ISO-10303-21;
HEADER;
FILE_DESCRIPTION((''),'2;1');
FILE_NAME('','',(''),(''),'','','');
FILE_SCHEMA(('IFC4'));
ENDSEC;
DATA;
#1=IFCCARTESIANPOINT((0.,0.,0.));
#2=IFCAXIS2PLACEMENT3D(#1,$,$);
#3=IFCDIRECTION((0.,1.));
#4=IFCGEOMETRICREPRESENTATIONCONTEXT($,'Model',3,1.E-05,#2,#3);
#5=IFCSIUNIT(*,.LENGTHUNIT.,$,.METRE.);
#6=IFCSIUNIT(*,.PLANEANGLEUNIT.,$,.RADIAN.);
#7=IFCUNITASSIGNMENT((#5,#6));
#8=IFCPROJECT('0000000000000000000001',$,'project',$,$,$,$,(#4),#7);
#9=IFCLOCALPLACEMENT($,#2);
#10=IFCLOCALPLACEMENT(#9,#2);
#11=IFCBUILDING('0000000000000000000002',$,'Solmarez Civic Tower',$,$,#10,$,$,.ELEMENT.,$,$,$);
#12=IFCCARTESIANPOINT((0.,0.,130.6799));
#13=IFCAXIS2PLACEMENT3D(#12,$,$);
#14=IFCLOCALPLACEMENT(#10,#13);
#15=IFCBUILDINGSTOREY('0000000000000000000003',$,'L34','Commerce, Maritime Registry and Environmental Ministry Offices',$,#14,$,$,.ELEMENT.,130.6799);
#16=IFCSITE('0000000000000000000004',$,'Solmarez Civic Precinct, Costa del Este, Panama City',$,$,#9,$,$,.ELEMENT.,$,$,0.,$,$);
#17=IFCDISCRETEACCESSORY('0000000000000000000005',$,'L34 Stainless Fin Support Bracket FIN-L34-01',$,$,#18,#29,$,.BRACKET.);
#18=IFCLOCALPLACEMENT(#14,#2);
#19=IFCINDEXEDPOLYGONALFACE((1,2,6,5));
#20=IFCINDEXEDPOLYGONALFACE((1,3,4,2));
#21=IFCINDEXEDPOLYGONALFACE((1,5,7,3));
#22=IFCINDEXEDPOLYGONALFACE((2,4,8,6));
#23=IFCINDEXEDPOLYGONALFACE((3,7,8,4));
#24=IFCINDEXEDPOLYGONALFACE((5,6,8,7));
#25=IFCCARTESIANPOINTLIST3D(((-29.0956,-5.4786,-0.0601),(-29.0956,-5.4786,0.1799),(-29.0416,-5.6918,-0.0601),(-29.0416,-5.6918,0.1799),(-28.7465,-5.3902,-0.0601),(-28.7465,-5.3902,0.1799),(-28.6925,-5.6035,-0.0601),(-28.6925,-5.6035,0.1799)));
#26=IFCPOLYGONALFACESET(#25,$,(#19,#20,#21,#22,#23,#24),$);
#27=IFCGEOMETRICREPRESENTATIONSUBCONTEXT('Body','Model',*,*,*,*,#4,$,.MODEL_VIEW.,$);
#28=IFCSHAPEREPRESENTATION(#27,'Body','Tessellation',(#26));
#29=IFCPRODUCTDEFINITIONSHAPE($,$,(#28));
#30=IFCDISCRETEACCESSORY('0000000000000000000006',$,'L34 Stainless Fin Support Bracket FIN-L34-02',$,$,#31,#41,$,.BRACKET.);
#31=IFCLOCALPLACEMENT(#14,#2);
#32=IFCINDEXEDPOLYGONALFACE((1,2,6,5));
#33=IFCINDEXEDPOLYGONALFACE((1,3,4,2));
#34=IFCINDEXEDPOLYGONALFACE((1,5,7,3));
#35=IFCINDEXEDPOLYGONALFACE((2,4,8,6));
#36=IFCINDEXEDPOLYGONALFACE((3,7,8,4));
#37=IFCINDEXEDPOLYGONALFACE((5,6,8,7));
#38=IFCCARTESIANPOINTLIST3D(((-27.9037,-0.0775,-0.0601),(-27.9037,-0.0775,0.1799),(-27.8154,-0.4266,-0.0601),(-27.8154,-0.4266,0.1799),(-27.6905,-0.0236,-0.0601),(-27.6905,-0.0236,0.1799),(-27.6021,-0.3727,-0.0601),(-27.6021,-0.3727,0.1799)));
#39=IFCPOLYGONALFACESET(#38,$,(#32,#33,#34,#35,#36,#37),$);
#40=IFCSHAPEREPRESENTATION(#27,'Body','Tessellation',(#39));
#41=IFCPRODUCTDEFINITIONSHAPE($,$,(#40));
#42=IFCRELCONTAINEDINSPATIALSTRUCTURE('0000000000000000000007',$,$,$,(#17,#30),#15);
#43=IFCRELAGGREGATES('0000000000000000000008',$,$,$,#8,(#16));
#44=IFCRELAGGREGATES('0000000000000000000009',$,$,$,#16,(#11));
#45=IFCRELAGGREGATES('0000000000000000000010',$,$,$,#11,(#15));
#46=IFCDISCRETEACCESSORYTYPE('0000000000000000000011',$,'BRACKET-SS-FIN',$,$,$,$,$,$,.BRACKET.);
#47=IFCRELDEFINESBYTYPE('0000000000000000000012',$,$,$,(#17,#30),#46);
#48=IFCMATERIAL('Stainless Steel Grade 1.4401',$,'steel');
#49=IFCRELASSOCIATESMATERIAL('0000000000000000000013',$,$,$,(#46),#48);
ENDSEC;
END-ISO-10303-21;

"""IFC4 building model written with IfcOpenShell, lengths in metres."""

from ifc_helpers import new_model, si_unit, direction, frame, origin, origin_2d, place, context, subcontext, project, spatial, rectangle, extrude, material, type_object, element, save


model = new_model("IFC4")

# Units and contexts
model_context = context("Model", 3, precision=1e-05, world=origin(), true_north=direction((0.0, 1.0)))
body_context = subcontext(model_context, "Body", "Model", "MODEL_VIEW")
ifc_project = project(units=[si_unit("LENGTHUNIT", "METRE"), si_unit("PLANEANGLEUNIT", "RADIAN")], contexts=[model_context])

# Site, building, storey
site_placement = place(None, origin())
site = spatial("IfcSite", under=ifc_project, at=site_placement, Name="Solmarez Civic Precinct, Costa del Este, Panama City", CompositionType="ELEMENT", RefElevation=0.0)
building_placement = place(site_placement, origin())
building = spatial("IfcBuilding", under=site, at=building_placement, Name="Solmarez Civic Tower", CompositionType="ELEMENT")
storey_placement = place(building_placement, frame((0.0, 0.0, 130.6799)))
storey = spatial("IfcBuildingStorey", under=building, at=storey_placement, Name="L34", Description="Commerce, Maritime Registry and Environmental Ministry Offices", CompositionType="ELEMENT", Elevation=130.6799)

# Discrete accessories
ifc_material_1 = material(Name="Stainless Steel Grade 1.4401", Category="steel")
discrete_accessory_type = type_object("IfcDiscreteAccessoryType", Name="BRACKET-SS-FIN", PredefinedType="BRACKET", material=ifc_material_1)
for number, where, z_axis, x_axis, name in (
    (1, (-28.894, -5.541, -0.0601), (0.0, 0.0, 1.0), (-0.969442, -0.245322, 0.0), "L34 Stainless Fin Support Bracket FIN-L34-01"),
    (2, (-27.7529, -0.2251, -0.0601), (0.0, 0.0, 1.0), (-0.245338, 0.969438, 0.0), "L34 Stainless Fin Support Bracket FIN-L34-02"),
):
    element("IfcDiscreteAccessory", number, at=place(storey_placement, frame(where, z_axis=z_axis, x_axis=x_axis)), inside=storey, type_object=discrete_accessory_type, Name=name, PredefinedType="BRACKET", context=body_context, shape_type="SweptSolid", body=[
        extrude(rectangle(XDim=0.3601, YDim=0.22, at=origin_2d()), origin(), (0.0, 0.0, 1.0), 0.24),
    ])

save(model, "model.ifc")
